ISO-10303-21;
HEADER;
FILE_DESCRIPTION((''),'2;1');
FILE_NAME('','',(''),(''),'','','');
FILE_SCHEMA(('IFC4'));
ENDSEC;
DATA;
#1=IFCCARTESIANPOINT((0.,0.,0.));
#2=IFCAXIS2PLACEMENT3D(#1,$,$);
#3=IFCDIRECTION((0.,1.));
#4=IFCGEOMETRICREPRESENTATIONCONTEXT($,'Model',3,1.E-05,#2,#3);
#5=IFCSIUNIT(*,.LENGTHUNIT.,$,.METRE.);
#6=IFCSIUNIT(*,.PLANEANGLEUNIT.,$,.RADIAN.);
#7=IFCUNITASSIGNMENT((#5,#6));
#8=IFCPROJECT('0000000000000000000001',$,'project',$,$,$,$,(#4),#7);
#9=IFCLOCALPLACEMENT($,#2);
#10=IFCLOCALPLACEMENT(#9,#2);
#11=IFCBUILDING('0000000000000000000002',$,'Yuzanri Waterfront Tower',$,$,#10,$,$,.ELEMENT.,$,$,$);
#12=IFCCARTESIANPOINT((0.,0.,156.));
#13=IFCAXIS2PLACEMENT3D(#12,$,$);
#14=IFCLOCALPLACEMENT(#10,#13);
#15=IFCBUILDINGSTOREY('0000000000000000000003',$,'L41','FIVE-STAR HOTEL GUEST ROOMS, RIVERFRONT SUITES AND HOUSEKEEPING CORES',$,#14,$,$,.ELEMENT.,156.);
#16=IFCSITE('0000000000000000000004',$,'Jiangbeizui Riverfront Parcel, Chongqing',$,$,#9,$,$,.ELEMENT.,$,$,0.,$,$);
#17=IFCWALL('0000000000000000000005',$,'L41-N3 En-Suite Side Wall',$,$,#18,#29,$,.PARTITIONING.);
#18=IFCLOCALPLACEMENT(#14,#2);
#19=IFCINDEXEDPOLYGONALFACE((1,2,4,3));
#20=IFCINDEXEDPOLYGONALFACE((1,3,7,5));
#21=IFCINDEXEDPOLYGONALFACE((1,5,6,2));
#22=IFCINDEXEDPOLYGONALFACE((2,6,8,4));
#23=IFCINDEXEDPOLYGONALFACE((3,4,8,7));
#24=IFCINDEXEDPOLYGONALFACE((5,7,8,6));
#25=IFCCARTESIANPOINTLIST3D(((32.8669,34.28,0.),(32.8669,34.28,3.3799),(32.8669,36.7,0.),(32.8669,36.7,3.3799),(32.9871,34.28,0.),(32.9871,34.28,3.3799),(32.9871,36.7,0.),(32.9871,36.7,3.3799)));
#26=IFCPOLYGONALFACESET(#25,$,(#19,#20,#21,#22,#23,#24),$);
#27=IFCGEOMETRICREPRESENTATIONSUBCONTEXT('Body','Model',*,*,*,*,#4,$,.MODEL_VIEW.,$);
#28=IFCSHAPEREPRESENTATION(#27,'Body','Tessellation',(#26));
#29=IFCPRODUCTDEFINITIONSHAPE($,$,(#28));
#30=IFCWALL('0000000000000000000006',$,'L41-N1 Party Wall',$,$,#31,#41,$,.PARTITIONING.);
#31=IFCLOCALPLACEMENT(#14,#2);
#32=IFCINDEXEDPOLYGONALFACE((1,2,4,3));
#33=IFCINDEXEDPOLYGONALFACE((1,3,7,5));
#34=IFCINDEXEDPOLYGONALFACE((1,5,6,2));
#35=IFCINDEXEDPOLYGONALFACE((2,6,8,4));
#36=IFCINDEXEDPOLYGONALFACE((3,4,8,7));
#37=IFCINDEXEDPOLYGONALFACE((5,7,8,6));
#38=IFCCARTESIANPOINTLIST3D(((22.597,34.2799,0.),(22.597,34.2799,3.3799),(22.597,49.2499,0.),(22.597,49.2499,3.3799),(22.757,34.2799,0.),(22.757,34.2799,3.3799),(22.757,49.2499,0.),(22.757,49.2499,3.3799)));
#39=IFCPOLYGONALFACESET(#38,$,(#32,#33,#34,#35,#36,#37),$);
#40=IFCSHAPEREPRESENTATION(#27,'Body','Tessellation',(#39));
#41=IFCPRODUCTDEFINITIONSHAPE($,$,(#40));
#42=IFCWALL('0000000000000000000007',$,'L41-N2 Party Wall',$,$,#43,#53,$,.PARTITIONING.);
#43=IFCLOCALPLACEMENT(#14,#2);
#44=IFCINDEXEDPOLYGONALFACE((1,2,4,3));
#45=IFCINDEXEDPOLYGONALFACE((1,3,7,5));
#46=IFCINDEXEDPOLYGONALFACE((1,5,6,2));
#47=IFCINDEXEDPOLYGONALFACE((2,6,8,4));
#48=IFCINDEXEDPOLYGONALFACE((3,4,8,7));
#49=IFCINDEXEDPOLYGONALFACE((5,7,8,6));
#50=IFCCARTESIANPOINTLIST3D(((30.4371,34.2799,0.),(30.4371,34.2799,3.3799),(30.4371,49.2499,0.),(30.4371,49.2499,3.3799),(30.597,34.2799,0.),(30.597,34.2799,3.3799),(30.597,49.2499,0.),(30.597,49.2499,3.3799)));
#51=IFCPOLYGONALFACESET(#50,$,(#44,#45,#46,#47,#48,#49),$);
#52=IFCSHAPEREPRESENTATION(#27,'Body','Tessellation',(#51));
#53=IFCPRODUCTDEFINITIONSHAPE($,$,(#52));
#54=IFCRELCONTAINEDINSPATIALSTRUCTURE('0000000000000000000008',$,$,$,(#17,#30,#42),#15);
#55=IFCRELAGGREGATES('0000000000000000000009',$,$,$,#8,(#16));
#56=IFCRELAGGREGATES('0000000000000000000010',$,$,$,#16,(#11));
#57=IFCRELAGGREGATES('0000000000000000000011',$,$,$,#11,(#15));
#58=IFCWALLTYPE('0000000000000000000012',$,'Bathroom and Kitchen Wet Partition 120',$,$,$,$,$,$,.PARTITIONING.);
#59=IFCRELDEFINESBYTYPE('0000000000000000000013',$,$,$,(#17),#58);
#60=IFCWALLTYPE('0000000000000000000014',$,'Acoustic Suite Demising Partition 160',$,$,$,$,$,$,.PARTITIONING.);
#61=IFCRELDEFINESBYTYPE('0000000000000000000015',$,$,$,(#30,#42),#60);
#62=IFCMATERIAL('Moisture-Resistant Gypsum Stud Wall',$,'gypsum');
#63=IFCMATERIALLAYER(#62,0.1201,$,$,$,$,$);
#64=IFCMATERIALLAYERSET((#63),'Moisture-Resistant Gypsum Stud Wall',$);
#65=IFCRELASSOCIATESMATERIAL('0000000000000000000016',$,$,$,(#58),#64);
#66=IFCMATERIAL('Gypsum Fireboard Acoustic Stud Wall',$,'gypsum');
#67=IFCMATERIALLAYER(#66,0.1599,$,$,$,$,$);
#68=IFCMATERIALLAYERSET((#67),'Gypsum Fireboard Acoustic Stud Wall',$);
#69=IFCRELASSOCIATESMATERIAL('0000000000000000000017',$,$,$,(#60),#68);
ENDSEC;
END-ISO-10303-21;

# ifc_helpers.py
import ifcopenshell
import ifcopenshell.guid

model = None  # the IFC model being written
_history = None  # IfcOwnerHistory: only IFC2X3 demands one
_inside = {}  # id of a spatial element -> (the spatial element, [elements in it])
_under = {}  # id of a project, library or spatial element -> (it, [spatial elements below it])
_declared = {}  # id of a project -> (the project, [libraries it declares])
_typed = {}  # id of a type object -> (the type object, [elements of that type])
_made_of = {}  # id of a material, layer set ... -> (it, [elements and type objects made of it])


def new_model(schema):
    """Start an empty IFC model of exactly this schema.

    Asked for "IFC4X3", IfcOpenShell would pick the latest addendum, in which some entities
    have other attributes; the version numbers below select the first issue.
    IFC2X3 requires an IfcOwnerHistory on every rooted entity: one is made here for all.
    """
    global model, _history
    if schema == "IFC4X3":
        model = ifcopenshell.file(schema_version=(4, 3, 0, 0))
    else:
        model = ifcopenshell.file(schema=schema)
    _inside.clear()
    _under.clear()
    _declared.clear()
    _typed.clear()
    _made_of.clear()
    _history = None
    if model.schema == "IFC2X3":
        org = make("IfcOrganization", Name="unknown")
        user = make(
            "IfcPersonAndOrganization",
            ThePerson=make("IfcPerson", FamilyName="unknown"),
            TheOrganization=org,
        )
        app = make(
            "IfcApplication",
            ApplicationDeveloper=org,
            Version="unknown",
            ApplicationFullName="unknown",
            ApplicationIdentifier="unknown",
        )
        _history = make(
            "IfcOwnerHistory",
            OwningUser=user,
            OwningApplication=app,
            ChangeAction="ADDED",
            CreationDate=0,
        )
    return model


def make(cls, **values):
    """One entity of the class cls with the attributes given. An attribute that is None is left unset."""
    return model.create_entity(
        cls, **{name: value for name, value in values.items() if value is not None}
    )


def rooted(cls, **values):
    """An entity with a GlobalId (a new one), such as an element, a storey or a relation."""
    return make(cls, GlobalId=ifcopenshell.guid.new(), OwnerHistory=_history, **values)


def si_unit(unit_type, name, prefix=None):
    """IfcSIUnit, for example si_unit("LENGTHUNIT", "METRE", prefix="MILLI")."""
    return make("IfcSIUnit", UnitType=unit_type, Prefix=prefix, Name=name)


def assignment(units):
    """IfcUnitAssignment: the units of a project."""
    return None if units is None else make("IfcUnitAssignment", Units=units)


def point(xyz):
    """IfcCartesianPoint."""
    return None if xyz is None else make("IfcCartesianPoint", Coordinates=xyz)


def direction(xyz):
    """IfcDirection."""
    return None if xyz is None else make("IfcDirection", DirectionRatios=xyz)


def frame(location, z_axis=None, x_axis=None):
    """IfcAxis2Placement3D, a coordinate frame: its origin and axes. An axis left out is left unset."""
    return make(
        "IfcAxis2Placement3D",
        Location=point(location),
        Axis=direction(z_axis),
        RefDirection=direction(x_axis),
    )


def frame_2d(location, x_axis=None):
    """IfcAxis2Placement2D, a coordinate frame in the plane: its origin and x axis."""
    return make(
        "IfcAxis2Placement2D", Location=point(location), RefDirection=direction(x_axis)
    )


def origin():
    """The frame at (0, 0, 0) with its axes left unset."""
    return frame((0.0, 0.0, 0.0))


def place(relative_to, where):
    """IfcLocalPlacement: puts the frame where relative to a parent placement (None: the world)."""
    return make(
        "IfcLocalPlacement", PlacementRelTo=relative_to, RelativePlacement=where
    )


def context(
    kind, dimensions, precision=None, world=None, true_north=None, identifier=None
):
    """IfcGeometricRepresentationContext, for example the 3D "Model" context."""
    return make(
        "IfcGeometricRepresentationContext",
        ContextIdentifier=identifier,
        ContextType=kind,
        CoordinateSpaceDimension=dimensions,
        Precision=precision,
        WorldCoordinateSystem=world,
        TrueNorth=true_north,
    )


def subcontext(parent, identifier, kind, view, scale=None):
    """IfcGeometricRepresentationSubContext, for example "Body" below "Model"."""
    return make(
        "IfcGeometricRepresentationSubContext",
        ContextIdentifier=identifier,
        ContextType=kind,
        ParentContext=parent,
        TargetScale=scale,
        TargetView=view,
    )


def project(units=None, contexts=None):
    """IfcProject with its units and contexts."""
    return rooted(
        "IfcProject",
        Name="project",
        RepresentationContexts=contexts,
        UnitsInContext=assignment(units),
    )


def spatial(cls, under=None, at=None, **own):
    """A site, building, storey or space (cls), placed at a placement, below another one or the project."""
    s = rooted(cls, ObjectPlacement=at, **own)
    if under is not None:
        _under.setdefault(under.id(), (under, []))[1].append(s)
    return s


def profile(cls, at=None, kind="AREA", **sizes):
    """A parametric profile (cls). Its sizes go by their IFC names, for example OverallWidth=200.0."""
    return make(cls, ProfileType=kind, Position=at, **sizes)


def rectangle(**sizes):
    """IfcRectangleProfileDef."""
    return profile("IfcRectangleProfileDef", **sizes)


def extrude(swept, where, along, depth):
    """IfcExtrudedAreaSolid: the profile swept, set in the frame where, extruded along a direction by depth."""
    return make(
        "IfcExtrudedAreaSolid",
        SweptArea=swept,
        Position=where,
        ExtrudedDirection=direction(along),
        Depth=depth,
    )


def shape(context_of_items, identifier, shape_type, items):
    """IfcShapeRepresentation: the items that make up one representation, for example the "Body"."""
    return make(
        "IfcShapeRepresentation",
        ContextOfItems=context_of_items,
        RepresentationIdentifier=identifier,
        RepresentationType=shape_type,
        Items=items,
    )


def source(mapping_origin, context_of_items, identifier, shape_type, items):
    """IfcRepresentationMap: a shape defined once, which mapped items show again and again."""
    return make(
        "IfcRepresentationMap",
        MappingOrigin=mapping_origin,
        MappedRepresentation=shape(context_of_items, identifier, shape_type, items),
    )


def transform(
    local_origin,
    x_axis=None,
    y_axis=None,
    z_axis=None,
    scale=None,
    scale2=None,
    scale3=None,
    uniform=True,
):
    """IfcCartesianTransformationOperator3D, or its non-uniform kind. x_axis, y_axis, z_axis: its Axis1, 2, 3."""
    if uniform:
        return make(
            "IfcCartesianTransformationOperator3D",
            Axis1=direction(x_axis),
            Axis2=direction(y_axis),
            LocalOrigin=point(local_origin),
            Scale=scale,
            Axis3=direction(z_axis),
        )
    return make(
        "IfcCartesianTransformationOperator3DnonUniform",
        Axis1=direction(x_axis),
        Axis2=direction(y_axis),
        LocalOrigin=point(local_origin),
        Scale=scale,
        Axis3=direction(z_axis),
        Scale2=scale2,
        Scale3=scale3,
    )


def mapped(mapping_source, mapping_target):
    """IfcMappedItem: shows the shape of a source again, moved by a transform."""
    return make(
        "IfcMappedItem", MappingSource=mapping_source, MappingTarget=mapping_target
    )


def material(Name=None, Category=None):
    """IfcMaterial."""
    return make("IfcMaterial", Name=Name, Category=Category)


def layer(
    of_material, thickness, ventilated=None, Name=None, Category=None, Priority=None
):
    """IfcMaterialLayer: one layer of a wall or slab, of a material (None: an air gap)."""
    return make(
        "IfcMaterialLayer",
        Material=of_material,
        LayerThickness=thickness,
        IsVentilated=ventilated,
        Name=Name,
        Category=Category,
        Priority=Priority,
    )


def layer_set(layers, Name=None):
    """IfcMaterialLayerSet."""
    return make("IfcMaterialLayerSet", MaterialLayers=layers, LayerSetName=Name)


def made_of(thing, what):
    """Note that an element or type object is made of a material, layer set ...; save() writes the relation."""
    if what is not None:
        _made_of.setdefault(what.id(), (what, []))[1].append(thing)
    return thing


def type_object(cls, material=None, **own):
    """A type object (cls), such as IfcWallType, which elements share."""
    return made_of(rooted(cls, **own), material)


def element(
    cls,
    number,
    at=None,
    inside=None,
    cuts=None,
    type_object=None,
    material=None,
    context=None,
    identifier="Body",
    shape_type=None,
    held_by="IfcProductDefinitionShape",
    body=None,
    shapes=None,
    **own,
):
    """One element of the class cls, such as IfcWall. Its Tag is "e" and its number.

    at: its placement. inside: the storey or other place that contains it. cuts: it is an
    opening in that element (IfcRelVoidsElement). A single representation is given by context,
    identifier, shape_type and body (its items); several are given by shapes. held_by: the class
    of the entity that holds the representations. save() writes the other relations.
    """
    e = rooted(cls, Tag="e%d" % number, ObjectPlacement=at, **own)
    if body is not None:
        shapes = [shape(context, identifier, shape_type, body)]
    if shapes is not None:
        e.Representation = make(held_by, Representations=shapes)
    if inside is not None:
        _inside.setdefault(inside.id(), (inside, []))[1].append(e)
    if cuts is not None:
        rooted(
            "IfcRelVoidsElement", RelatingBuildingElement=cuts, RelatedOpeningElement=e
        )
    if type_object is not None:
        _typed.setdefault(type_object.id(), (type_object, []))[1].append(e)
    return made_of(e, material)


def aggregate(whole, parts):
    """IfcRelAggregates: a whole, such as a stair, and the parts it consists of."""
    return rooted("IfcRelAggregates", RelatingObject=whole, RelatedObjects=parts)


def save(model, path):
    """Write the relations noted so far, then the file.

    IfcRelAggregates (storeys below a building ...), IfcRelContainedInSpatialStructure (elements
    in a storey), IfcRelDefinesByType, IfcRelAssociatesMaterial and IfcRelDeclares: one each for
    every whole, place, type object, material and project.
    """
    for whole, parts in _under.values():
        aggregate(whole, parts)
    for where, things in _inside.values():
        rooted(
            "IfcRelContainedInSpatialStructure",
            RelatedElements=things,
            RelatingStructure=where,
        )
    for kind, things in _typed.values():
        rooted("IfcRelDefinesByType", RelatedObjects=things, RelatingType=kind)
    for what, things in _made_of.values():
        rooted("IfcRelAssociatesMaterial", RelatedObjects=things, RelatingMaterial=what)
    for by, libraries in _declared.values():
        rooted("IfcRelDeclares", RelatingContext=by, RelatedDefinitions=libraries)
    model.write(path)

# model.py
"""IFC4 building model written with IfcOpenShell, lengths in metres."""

from ifc_helpers import new_model, si_unit, direction, frame, frame_2d, origin, place, context, subcontext, project, spatial, rectangle, extrude, source, transform, mapped, material, layer, layer_set, type_object, element, save


model = new_model("IFC4")

# Units and contexts
model_context = context("Model", 3, precision=1e-05, world=origin(), true_north=direction((0.0, 1.0)))
body_context = subcontext(model_context, "Body", "Model", "MODEL_VIEW")
ifc_project = project(units=[si_unit("LENGTHUNIT", "METRE"), si_unit("PLANEANGLEUNIT", "RADIAN")], contexts=[model_context])

# Site, building, storey
site_placement = place(None, origin())
site = spatial("IfcSite", under=ifc_project, at=site_placement, Name="Jiangbeizui Riverfront Parcel, Chongqing", CompositionType="ELEMENT", RefElevation=0.0)
building_placement = place(site_placement, origin())
building = spatial("IfcBuilding", under=site, at=building_placement, Name="Yuzanri Waterfront Tower", CompositionType="ELEMENT")
storey_placement = place(building_placement, frame((0.0, 0.0, 156.0)))
storey = spatial("IfcBuildingStorey", under=building, at=storey_placement, Name="L41", Description="FIVE-STAR HOTEL GUEST ROOMS, RIVERFRONT SUITES AND HOUSEKEEPING CORES", CompositionType="ELEMENT", Elevation=156.0)

# Shared definitions
ifc_material_1 = material(Name="Moisture-Resistant Gypsum Stud Wall", Category="gypsum")
ifc_layer_1 = layer(ifc_material_1, 0.1201)
ifc_layer_set_1 = layer_set([ifc_layer_1], Name="Moisture-Resistant Gypsum Stud Wall")
wall_type_1 = type_object("IfcWallType", Name="Bathroom and Kitchen Wet Partition 120", PredefinedType="PARTITIONING", material=ifc_layer_set_1)

# Walls
shared_shape_1 = source(origin(), body_context, "Body", "SweptSolid", [
    extrude(rectangle(XDim=2.4199, YDim=0.1201, at=frame_2d((1.21, 0.0))), origin(), (0.0, 0.0, 1.0), 3.3799),
])
for number, where, z_axis, x_axis, name in (
    (1, (32.927, 34.28, 0.0), (0.0, 0.0, 1.0), (0.0, 1.0, 0.0), "L41-N3 En-Suite Side Wall"),
):
    element("IfcWall", number, at=place(storey_placement, frame(where, z_axis=z_axis, x_axis=x_axis)), inside=storey, type_object=wall_type_1, Name=name, PredefinedType="PARTITIONING", context=body_context, shape_type="MappedRepresentation", body=[
        mapped(shared_shape_1, transform((0.0, 0.0, 0.0), scale=1.0)),
    ])
ifc_material_2 = material(Name="Gypsum Fireboard Acoustic Stud Wall", Category="gypsum")
ifc_layer_2 = layer(ifc_material_2, 0.1599)
ifc_layer_set_2 = layer_set([ifc_layer_2], Name="Gypsum Fireboard Acoustic Stud Wall")
wall_type_2 = type_object("IfcWallType", Name="Acoustic Suite Demising Partition 160", PredefinedType="PARTITIONING", material=ifc_layer_set_2)
shared_shape_2 = source(origin(), body_context, "Body", "SweptSolid", [
    extrude(rectangle(XDim=14.97, YDim=0.1599, at=frame_2d((7.4849, 0.0))), origin(), (0.0, 0.0, 1.0), 3.3799),
])
for number, where, z_axis, x_axis, name in (
    (2, (22.677, 34.28, 0.0), (0.0, 0.0, 1.0), (0.0, 1.0, 0.0), "L41-N1 Party Wall"),
    (3, (30.5171, 34.28, 0.0), (0.0, 0.0, 1.0), (0.0, 1.0, 0.0), "L41-N2 Party Wall"),
):
    element("IfcWall", number, at=place(storey_placement, frame(where, z_axis=z_axis, x_axis=x_axis)), inside=storey, type_object=wall_type_2, Name=name, PredefinedType="PARTITIONING", context=body_context, shape_type="MappedRepresentation", body=[
        mapped(shared_shape_2, transform((0.0, 0.0, 0.0), scale=1.0)),
    ])

save(model, "model.ifc")
